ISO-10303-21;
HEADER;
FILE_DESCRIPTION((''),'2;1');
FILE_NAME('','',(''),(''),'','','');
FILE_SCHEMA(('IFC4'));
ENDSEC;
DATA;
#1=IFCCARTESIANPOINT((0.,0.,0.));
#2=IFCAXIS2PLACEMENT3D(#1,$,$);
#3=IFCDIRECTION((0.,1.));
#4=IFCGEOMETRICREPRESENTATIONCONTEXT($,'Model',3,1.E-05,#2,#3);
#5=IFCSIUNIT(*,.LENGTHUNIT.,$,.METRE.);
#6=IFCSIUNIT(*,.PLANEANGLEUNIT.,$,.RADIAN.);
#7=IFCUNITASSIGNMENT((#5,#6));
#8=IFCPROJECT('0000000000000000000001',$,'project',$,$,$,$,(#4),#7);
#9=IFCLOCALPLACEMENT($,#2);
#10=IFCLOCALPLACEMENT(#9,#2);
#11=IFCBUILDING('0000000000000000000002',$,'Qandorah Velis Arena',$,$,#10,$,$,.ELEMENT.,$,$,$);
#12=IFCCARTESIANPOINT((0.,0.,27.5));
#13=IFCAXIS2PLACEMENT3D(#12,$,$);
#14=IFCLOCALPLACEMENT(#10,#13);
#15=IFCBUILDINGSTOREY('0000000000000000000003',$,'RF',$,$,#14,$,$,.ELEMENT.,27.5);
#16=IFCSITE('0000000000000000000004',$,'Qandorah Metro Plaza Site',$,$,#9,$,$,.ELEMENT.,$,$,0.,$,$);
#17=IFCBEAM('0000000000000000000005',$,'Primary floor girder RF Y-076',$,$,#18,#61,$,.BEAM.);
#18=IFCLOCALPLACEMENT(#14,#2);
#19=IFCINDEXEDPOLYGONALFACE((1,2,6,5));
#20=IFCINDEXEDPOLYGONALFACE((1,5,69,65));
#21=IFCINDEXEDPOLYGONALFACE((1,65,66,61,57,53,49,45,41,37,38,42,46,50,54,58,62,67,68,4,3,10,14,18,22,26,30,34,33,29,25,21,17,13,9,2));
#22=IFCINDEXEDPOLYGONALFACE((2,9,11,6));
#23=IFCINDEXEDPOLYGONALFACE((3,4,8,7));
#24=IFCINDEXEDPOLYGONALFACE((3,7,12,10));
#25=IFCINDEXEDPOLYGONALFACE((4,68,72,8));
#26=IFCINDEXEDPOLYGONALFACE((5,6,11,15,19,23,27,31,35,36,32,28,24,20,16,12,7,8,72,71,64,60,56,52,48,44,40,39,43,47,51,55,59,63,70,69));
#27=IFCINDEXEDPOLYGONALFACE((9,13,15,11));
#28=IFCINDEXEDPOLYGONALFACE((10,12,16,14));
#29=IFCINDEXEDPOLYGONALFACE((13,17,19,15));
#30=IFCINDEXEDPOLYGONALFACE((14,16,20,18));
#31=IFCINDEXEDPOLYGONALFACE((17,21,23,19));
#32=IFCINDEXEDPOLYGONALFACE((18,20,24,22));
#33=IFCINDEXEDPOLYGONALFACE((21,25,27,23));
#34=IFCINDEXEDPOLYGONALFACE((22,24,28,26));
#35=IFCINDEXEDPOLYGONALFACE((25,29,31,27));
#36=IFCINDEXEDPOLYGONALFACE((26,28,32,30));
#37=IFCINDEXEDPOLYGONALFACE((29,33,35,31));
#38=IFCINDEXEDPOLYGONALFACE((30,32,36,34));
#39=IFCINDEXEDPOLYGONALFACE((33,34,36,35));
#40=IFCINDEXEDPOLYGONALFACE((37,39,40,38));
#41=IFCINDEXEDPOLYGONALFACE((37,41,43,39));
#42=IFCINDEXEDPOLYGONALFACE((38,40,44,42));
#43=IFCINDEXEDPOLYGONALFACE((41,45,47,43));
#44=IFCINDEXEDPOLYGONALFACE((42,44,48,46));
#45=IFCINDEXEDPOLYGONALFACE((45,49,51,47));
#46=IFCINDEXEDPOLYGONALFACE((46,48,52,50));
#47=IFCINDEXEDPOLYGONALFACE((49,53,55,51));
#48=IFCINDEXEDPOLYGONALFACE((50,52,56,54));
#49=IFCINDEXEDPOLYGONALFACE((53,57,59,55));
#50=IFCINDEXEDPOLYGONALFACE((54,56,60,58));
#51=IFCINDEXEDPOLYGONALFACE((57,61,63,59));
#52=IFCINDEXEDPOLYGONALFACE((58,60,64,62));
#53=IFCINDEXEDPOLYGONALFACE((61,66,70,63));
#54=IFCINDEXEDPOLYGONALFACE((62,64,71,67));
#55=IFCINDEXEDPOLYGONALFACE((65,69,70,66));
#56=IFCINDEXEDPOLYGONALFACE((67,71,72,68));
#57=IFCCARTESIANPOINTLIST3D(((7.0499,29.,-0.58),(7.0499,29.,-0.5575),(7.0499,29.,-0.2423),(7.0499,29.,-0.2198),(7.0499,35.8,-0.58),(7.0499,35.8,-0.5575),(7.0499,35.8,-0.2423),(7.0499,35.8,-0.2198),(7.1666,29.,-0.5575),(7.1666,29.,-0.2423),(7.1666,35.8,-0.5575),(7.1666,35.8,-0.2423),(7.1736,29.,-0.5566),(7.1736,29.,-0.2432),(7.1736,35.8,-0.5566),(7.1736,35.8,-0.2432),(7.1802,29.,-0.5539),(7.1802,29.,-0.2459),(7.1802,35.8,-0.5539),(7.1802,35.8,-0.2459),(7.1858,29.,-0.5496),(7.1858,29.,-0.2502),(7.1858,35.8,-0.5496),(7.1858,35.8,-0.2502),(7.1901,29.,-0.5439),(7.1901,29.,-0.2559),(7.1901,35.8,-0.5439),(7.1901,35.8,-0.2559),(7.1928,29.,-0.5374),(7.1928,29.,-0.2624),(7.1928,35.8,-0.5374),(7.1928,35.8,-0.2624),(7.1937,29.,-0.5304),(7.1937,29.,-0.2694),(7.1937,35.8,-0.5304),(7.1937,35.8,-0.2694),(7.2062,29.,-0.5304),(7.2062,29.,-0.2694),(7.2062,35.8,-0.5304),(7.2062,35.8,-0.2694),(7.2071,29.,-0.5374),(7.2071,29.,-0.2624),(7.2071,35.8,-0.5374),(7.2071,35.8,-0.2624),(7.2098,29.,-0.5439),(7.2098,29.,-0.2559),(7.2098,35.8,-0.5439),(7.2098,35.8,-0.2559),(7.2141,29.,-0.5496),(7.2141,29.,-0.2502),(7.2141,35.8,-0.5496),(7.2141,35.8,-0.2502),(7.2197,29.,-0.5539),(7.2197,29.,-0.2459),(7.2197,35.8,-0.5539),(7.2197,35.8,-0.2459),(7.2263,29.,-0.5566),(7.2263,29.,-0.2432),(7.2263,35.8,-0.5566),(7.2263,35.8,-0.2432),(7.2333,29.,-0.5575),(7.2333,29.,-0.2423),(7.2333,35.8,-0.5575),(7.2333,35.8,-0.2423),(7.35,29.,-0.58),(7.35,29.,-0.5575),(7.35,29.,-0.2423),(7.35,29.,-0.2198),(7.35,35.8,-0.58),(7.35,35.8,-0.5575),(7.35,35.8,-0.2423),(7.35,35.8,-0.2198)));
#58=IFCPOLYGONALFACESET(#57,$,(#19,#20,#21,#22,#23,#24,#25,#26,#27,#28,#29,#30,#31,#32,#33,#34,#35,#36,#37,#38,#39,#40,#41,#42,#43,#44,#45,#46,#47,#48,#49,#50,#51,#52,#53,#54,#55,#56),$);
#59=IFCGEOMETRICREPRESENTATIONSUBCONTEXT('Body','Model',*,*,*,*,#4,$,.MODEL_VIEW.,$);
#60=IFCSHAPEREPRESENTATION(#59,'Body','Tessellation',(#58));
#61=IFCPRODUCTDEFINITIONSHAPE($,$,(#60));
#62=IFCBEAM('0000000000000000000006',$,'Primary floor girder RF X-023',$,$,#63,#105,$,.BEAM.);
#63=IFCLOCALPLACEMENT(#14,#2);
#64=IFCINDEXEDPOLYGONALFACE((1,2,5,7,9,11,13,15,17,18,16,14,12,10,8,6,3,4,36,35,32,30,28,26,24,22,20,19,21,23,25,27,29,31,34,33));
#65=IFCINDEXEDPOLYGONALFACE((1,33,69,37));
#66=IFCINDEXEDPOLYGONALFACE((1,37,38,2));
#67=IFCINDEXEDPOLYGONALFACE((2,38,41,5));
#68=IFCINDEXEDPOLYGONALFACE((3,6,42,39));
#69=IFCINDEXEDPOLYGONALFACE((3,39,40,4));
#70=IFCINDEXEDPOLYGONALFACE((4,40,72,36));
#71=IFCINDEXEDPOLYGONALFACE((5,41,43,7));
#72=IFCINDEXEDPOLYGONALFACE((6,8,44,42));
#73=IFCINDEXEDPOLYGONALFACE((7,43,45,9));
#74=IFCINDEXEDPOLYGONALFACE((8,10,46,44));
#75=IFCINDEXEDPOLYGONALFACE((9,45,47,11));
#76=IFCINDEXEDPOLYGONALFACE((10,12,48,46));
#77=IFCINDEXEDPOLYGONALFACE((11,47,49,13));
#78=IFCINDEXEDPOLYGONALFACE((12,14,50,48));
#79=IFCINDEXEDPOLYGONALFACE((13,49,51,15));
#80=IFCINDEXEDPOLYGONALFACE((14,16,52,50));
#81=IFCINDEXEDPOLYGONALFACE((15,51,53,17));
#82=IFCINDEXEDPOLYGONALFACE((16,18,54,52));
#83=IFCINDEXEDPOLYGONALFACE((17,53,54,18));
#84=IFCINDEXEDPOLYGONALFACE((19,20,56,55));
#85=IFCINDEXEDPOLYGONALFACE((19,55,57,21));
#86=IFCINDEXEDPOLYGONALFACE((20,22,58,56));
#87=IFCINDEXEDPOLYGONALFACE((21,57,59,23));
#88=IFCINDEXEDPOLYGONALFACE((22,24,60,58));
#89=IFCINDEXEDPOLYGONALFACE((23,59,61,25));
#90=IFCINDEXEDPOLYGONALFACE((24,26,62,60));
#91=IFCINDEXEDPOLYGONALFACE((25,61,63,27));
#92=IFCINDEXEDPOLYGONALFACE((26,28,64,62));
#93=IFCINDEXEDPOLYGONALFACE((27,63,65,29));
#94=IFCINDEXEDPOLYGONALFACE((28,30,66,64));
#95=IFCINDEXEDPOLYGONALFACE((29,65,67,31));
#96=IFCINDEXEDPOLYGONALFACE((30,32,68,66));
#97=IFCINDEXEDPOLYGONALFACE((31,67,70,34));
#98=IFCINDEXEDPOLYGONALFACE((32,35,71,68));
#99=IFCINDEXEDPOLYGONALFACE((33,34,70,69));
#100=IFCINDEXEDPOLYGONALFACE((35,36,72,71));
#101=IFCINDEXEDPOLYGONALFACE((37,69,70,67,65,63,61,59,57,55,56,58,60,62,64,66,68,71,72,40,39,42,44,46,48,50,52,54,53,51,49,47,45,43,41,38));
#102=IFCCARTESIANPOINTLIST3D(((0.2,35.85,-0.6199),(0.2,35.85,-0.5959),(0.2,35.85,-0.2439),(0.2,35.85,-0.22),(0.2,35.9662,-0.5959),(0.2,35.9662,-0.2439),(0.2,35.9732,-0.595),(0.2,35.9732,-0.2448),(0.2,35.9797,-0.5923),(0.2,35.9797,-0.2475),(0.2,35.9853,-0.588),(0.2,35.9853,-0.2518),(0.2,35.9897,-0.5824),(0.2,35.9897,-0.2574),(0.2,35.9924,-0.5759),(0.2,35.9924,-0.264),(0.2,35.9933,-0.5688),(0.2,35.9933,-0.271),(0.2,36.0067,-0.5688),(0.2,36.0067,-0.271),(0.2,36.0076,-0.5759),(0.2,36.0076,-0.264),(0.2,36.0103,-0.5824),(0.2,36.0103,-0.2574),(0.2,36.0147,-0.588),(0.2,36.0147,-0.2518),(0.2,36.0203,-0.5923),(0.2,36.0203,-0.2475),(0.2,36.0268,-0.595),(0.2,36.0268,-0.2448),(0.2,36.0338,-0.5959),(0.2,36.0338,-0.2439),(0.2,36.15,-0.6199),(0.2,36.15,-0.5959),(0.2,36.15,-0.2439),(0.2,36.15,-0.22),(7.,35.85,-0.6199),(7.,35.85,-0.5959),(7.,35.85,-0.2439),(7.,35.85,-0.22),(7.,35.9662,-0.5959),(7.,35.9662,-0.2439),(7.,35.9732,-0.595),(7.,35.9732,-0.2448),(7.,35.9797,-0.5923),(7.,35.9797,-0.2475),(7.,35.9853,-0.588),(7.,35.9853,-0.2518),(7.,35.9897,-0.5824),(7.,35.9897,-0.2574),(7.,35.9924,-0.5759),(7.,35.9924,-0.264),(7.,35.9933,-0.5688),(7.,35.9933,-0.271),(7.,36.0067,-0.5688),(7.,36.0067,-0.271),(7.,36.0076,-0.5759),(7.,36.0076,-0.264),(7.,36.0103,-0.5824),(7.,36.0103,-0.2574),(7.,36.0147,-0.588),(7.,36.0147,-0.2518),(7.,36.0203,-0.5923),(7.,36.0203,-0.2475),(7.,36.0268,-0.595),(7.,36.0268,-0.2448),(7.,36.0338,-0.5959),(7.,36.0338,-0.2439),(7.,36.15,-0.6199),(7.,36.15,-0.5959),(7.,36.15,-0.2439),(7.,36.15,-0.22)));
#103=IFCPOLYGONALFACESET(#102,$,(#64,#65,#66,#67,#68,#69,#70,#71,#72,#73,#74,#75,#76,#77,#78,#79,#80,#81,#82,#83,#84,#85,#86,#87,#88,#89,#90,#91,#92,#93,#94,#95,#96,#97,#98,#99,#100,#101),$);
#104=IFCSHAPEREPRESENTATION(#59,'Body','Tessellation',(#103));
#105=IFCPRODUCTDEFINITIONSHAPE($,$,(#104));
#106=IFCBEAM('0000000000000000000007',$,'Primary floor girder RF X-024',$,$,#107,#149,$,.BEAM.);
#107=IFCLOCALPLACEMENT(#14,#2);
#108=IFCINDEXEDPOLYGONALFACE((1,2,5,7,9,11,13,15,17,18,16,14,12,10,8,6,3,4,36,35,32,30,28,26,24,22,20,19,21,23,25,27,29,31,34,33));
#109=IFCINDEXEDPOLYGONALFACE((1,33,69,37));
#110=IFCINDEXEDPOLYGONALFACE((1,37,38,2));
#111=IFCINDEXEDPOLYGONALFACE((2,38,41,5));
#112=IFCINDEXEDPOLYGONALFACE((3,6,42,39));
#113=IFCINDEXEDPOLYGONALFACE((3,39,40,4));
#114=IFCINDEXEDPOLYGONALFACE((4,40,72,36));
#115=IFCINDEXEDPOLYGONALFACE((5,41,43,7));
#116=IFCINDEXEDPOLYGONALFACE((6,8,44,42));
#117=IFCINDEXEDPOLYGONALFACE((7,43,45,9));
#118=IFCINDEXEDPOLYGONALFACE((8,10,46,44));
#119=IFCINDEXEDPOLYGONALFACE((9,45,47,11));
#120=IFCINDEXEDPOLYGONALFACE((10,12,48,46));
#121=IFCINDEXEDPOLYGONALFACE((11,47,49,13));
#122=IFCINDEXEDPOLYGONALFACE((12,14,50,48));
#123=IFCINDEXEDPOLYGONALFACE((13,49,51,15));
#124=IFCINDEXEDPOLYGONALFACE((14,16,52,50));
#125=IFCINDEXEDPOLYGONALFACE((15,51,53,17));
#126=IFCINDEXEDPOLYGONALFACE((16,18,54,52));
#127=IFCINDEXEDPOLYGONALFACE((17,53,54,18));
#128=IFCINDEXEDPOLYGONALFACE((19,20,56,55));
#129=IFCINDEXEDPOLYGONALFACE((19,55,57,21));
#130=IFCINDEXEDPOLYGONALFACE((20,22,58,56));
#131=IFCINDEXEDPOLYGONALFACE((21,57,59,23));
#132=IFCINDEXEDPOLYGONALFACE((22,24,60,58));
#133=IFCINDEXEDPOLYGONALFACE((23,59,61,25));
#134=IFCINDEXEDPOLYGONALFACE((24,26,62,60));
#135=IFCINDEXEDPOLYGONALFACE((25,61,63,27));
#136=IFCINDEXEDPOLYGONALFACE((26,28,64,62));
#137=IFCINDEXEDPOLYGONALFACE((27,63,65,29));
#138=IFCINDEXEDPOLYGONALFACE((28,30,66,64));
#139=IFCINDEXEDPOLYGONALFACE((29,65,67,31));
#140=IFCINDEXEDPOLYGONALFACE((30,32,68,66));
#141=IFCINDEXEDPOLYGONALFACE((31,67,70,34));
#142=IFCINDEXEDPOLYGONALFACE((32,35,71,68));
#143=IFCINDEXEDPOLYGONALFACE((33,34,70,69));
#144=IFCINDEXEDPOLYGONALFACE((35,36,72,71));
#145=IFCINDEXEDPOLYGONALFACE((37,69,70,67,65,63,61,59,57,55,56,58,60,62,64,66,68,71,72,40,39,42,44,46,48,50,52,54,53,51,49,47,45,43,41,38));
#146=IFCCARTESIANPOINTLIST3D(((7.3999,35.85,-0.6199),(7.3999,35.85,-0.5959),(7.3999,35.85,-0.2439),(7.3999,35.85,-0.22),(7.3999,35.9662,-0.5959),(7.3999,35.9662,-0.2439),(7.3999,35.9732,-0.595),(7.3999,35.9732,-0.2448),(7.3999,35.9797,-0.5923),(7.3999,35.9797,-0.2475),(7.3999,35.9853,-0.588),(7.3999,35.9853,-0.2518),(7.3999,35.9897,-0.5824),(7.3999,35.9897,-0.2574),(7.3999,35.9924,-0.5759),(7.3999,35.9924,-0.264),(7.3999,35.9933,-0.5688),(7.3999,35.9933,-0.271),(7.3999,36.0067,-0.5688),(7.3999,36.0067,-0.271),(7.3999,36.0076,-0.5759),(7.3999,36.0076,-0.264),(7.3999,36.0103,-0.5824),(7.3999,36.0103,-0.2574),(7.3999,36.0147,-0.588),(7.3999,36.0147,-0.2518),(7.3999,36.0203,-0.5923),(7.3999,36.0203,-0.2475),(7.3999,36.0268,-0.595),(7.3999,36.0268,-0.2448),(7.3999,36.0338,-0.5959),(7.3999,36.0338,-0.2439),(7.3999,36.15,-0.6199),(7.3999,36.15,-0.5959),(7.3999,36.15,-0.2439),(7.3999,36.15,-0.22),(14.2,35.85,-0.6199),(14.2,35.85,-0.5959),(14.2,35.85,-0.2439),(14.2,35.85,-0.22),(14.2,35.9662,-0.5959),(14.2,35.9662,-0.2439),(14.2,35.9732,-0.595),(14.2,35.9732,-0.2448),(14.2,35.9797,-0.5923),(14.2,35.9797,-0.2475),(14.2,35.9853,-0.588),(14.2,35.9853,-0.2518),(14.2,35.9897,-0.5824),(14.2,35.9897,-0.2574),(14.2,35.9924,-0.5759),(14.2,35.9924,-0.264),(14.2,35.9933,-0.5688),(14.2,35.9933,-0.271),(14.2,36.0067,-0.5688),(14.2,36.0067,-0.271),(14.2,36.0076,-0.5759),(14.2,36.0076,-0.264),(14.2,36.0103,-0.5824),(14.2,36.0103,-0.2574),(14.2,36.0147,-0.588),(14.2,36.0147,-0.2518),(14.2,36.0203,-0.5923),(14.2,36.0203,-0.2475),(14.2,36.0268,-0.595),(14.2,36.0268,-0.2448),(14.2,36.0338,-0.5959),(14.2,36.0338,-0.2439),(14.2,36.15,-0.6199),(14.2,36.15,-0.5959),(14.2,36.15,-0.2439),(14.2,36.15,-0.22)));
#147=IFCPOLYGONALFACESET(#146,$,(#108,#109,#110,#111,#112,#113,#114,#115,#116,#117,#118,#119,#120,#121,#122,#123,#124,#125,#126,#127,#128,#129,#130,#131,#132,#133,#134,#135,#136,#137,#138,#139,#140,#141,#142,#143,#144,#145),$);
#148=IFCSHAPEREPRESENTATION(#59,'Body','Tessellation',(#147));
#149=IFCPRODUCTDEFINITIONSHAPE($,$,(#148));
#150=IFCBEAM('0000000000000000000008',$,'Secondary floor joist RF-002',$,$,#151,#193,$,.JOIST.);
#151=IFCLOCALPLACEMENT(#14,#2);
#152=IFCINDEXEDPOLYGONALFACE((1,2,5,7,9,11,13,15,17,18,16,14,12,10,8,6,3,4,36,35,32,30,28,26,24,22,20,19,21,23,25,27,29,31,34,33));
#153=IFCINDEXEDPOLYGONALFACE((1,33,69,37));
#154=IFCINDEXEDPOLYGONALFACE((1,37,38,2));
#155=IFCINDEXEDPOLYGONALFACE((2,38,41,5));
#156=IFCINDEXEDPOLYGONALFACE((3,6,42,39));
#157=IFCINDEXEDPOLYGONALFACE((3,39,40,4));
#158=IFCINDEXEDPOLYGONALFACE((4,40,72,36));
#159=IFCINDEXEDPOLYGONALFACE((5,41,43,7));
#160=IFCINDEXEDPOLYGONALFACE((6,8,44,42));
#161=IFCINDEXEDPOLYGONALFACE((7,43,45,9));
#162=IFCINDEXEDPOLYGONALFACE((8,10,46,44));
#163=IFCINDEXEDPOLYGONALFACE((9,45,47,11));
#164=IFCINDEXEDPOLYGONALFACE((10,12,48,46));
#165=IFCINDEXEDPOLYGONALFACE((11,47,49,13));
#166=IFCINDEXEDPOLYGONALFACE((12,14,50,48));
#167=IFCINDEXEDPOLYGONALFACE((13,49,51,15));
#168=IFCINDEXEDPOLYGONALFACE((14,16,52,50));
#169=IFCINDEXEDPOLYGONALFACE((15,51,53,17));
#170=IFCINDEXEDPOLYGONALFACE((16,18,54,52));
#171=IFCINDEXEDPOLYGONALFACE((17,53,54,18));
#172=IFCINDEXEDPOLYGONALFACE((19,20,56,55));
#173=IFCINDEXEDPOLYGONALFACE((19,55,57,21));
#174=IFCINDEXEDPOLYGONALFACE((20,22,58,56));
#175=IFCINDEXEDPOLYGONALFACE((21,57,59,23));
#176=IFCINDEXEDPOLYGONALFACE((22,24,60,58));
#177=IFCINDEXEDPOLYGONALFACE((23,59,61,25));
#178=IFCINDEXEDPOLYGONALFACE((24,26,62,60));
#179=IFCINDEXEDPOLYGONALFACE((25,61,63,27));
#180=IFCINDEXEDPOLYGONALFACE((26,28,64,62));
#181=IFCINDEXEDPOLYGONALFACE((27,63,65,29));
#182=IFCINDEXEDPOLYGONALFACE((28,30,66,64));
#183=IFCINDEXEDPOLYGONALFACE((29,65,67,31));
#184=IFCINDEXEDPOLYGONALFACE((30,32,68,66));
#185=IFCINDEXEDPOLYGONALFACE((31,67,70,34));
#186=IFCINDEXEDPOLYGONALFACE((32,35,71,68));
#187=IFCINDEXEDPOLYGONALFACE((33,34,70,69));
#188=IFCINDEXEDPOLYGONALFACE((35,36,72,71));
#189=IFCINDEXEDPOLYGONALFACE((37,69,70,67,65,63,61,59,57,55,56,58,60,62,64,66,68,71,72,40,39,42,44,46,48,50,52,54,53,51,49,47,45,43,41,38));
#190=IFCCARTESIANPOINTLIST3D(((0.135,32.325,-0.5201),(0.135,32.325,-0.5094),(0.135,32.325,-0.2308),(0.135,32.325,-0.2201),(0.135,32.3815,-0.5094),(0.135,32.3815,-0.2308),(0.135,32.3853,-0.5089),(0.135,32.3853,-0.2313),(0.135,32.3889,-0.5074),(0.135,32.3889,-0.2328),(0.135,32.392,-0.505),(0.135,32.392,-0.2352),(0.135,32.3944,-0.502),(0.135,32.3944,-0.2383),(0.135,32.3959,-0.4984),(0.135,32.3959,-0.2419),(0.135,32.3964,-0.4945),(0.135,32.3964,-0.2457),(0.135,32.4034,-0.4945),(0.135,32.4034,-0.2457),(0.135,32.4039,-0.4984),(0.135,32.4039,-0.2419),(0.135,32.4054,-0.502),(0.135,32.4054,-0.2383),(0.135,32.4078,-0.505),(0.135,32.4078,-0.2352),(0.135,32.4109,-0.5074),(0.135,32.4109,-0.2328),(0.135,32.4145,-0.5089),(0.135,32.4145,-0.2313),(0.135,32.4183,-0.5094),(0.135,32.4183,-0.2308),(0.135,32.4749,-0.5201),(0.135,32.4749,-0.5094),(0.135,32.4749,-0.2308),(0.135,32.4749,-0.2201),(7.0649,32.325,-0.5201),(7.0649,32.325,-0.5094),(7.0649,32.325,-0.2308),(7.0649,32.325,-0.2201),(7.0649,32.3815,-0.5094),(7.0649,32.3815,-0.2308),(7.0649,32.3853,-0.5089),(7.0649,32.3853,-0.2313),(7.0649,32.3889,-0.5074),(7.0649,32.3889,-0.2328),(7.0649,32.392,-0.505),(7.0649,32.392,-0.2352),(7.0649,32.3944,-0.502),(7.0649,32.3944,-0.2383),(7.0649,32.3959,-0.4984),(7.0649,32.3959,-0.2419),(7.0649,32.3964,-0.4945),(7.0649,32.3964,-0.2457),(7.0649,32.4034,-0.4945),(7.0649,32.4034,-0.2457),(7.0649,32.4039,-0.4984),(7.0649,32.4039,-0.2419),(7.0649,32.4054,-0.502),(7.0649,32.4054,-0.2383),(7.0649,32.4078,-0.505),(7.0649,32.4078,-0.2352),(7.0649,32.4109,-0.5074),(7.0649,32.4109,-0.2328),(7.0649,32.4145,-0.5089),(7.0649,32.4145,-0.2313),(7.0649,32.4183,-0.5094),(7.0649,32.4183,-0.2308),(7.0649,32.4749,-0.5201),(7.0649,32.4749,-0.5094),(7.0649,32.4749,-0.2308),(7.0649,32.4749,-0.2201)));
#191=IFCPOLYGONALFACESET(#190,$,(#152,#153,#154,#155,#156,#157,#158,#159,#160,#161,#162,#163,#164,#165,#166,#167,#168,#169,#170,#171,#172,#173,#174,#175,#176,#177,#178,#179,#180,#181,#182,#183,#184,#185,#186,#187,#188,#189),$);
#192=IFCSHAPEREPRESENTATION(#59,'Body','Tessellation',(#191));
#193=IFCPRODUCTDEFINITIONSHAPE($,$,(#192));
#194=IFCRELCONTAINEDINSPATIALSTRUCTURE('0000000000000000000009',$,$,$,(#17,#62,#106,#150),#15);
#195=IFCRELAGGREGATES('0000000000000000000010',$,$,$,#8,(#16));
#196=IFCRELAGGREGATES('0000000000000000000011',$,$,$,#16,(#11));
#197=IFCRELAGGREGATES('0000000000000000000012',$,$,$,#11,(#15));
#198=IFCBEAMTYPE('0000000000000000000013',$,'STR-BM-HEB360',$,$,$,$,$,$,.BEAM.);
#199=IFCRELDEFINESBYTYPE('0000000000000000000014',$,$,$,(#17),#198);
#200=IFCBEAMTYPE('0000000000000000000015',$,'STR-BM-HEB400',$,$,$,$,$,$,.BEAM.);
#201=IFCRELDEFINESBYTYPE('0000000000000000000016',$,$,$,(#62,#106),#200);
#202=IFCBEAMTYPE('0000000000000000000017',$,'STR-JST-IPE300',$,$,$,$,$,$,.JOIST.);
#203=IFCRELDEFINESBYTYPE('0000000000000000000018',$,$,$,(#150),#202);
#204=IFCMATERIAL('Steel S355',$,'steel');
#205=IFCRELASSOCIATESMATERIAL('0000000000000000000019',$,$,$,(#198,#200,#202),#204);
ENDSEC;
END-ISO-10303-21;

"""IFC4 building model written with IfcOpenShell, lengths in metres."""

from ifc_helpers import new_model, si_unit, direction, frame, origin, origin_2d, place, context, subcontext, project, spatial, i_section, extrude, material, material_profile, profile_set, type_object, element, save


model = new_model("IFC4")

# Units and contexts
model_context = context("Model", 3, precision=1e-05, world=origin(), true_north=direction((0.0, 1.0)))
body_context = subcontext(model_context, "Body", "Model", "MODEL_VIEW")
ifc_project = project(units=[si_unit("LENGTHUNIT", "METRE"), si_unit("PLANEANGLEUNIT", "RADIAN")], contexts=[model_context])

# Site, building, storey
site_placement = place(None, origin())
site = spatial("IfcSite", under=ifc_project, at=site_placement, Name="Qandorah Metro Plaza Site", CompositionType="ELEMENT", RefElevation=0.0)
building_placement = place(site_placement, origin())
building = spatial("IfcBuilding", under=site, at=building_placement, Name="Qandorah Velis Arena", CompositionType="ELEMENT")
storey_placement = place(building_placement, frame((0.0, 0.0, 27.5)))
storey = spatial("IfcBuildingStorey", under=building, at=storey_placement, Name="RF", CompositionType="ELEMENT", Elevation=27.5)

# Beams
ifc_material_1 = material(Name="Steel S355", Category="steel")
ifc_material_profile_1 = material_profile(ifc_material_1, i_section(OverallWidth=0.3, OverallDepth=0.3601, WebThickness=0.0125, FlangeThickness=0.0225, FilletRadius=0.0271, at=origin_2d()), Name="HEB 360")
ifc_profile_set_1 = profile_set([ifc_material_profile_1], Name="Steel S355")
beam_type_1 = type_object("IfcBeamType", Name="STR-BM-HEB360", PredefinedType="BEAM", material=ifc_profile_set_1)
for number, where, z_axis, x_axis, name in (
    (1, (7.2, 29.0, -0.3999), (0.0, 1.0, 0.0), (-1.0, 0.0, 0.0), "Primary floor girder RF Y-076"),
):
    element("IfcBeam", number, at=place(storey_placement, frame(where, z_axis=z_axis, x_axis=x_axis)), inside=storey, type_object=beam_type_1, Name=name, PredefinedType="BEAM", context=body_context, shape_type="SweptSolid", body=[
        extrude(i_section(OverallWidth=0.3, OverallDepth=0.3601, WebThickness=0.0125, FlangeThickness=0.0225, FilletRadius=0.0271, at=origin_2d()), origin(), (0.0, 0.0, 1.0), 6.8),
    ])
ifc_material_profile_2 = material_profile(ifc_material_1, i_section(OverallWidth=0.3, OverallDepth=0.3999, WebThickness=0.0134, FlangeThickness=0.0239, FilletRadius=0.0271, at=origin_2d()), Name="HEB 400")
ifc_profile_set_2 = profile_set([ifc_material_profile_2], Name="Steel S355")
beam_type_2 = type_object("IfcBeamType", Name="STR-BM-HEB400", PredefinedType="BEAM", material=ifc_profile_set_2)
for number, where, z_axis, x_axis, name in (
    (2, (0.2, 36.0, -0.4199), (1.0, 0.0, 0.0), (0.0, 1.0, 0.0), "Primary floor girder RF X-023"),
    (3, (7.3999, 36.0, -0.4199), (1.0, 0.0, 0.0), (0.0, 1.0, 0.0), "Primary floor girder RF X-024"),
):
    element("IfcBeam", number, at=place(storey_placement, frame(where, z_axis=z_axis, x_axis=x_axis)), inside=storey, type_object=beam_type_2, Name=name, PredefinedType="BEAM", context=body_context, shape_type="SweptSolid", body=[
        extrude(i_section(OverallWidth=0.3, OverallDepth=0.3999, WebThickness=0.0134, FlangeThickness=0.0239, FilletRadius=0.0271, at=origin_2d()), origin(), (0.0, 0.0, 1.0), 6.8),
    ])
ifc_material_profile_3 = material_profile(ifc_material_1, i_section(OverallWidth=0.1499, OverallDepth=0.3, WebThickness=0.0071, FlangeThickness=0.0107, FilletRadius=0.0149, at=origin_2d()), Name="IPE 300")
ifc_profile_set_3 = profile_set([ifc_material_profile_3], Name="Steel S355")
beam_type_3 = type_object("IfcBeamType", Name="STR-JST-IPE300", PredefinedType="JOIST", material=ifc_profile_set_3)
beam_placement = place(storey_placement, frame((0.135, 32.3999, -0.3701), z_axis=(1.0, 0.0, 0.0), x_axis=(0.0, 1.0, 0.0)))
element("IfcBeam", 4, at=beam_placement, inside=storey, type_object=beam_type_3, Name="Secondary floor joist RF-002", PredefinedType="JOIST", context=body_context, shape_type="SweptSolid", body=[
    extrude(i_section(OverallWidth=0.1499, OverallDepth=0.3, WebThickness=0.0071, FlangeThickness=0.0107, FilletRadius=0.0149, at=origin_2d()), origin(), (0.0, 0.0, 1.0), 6.9299),
])

save(model, "model.ifc")
